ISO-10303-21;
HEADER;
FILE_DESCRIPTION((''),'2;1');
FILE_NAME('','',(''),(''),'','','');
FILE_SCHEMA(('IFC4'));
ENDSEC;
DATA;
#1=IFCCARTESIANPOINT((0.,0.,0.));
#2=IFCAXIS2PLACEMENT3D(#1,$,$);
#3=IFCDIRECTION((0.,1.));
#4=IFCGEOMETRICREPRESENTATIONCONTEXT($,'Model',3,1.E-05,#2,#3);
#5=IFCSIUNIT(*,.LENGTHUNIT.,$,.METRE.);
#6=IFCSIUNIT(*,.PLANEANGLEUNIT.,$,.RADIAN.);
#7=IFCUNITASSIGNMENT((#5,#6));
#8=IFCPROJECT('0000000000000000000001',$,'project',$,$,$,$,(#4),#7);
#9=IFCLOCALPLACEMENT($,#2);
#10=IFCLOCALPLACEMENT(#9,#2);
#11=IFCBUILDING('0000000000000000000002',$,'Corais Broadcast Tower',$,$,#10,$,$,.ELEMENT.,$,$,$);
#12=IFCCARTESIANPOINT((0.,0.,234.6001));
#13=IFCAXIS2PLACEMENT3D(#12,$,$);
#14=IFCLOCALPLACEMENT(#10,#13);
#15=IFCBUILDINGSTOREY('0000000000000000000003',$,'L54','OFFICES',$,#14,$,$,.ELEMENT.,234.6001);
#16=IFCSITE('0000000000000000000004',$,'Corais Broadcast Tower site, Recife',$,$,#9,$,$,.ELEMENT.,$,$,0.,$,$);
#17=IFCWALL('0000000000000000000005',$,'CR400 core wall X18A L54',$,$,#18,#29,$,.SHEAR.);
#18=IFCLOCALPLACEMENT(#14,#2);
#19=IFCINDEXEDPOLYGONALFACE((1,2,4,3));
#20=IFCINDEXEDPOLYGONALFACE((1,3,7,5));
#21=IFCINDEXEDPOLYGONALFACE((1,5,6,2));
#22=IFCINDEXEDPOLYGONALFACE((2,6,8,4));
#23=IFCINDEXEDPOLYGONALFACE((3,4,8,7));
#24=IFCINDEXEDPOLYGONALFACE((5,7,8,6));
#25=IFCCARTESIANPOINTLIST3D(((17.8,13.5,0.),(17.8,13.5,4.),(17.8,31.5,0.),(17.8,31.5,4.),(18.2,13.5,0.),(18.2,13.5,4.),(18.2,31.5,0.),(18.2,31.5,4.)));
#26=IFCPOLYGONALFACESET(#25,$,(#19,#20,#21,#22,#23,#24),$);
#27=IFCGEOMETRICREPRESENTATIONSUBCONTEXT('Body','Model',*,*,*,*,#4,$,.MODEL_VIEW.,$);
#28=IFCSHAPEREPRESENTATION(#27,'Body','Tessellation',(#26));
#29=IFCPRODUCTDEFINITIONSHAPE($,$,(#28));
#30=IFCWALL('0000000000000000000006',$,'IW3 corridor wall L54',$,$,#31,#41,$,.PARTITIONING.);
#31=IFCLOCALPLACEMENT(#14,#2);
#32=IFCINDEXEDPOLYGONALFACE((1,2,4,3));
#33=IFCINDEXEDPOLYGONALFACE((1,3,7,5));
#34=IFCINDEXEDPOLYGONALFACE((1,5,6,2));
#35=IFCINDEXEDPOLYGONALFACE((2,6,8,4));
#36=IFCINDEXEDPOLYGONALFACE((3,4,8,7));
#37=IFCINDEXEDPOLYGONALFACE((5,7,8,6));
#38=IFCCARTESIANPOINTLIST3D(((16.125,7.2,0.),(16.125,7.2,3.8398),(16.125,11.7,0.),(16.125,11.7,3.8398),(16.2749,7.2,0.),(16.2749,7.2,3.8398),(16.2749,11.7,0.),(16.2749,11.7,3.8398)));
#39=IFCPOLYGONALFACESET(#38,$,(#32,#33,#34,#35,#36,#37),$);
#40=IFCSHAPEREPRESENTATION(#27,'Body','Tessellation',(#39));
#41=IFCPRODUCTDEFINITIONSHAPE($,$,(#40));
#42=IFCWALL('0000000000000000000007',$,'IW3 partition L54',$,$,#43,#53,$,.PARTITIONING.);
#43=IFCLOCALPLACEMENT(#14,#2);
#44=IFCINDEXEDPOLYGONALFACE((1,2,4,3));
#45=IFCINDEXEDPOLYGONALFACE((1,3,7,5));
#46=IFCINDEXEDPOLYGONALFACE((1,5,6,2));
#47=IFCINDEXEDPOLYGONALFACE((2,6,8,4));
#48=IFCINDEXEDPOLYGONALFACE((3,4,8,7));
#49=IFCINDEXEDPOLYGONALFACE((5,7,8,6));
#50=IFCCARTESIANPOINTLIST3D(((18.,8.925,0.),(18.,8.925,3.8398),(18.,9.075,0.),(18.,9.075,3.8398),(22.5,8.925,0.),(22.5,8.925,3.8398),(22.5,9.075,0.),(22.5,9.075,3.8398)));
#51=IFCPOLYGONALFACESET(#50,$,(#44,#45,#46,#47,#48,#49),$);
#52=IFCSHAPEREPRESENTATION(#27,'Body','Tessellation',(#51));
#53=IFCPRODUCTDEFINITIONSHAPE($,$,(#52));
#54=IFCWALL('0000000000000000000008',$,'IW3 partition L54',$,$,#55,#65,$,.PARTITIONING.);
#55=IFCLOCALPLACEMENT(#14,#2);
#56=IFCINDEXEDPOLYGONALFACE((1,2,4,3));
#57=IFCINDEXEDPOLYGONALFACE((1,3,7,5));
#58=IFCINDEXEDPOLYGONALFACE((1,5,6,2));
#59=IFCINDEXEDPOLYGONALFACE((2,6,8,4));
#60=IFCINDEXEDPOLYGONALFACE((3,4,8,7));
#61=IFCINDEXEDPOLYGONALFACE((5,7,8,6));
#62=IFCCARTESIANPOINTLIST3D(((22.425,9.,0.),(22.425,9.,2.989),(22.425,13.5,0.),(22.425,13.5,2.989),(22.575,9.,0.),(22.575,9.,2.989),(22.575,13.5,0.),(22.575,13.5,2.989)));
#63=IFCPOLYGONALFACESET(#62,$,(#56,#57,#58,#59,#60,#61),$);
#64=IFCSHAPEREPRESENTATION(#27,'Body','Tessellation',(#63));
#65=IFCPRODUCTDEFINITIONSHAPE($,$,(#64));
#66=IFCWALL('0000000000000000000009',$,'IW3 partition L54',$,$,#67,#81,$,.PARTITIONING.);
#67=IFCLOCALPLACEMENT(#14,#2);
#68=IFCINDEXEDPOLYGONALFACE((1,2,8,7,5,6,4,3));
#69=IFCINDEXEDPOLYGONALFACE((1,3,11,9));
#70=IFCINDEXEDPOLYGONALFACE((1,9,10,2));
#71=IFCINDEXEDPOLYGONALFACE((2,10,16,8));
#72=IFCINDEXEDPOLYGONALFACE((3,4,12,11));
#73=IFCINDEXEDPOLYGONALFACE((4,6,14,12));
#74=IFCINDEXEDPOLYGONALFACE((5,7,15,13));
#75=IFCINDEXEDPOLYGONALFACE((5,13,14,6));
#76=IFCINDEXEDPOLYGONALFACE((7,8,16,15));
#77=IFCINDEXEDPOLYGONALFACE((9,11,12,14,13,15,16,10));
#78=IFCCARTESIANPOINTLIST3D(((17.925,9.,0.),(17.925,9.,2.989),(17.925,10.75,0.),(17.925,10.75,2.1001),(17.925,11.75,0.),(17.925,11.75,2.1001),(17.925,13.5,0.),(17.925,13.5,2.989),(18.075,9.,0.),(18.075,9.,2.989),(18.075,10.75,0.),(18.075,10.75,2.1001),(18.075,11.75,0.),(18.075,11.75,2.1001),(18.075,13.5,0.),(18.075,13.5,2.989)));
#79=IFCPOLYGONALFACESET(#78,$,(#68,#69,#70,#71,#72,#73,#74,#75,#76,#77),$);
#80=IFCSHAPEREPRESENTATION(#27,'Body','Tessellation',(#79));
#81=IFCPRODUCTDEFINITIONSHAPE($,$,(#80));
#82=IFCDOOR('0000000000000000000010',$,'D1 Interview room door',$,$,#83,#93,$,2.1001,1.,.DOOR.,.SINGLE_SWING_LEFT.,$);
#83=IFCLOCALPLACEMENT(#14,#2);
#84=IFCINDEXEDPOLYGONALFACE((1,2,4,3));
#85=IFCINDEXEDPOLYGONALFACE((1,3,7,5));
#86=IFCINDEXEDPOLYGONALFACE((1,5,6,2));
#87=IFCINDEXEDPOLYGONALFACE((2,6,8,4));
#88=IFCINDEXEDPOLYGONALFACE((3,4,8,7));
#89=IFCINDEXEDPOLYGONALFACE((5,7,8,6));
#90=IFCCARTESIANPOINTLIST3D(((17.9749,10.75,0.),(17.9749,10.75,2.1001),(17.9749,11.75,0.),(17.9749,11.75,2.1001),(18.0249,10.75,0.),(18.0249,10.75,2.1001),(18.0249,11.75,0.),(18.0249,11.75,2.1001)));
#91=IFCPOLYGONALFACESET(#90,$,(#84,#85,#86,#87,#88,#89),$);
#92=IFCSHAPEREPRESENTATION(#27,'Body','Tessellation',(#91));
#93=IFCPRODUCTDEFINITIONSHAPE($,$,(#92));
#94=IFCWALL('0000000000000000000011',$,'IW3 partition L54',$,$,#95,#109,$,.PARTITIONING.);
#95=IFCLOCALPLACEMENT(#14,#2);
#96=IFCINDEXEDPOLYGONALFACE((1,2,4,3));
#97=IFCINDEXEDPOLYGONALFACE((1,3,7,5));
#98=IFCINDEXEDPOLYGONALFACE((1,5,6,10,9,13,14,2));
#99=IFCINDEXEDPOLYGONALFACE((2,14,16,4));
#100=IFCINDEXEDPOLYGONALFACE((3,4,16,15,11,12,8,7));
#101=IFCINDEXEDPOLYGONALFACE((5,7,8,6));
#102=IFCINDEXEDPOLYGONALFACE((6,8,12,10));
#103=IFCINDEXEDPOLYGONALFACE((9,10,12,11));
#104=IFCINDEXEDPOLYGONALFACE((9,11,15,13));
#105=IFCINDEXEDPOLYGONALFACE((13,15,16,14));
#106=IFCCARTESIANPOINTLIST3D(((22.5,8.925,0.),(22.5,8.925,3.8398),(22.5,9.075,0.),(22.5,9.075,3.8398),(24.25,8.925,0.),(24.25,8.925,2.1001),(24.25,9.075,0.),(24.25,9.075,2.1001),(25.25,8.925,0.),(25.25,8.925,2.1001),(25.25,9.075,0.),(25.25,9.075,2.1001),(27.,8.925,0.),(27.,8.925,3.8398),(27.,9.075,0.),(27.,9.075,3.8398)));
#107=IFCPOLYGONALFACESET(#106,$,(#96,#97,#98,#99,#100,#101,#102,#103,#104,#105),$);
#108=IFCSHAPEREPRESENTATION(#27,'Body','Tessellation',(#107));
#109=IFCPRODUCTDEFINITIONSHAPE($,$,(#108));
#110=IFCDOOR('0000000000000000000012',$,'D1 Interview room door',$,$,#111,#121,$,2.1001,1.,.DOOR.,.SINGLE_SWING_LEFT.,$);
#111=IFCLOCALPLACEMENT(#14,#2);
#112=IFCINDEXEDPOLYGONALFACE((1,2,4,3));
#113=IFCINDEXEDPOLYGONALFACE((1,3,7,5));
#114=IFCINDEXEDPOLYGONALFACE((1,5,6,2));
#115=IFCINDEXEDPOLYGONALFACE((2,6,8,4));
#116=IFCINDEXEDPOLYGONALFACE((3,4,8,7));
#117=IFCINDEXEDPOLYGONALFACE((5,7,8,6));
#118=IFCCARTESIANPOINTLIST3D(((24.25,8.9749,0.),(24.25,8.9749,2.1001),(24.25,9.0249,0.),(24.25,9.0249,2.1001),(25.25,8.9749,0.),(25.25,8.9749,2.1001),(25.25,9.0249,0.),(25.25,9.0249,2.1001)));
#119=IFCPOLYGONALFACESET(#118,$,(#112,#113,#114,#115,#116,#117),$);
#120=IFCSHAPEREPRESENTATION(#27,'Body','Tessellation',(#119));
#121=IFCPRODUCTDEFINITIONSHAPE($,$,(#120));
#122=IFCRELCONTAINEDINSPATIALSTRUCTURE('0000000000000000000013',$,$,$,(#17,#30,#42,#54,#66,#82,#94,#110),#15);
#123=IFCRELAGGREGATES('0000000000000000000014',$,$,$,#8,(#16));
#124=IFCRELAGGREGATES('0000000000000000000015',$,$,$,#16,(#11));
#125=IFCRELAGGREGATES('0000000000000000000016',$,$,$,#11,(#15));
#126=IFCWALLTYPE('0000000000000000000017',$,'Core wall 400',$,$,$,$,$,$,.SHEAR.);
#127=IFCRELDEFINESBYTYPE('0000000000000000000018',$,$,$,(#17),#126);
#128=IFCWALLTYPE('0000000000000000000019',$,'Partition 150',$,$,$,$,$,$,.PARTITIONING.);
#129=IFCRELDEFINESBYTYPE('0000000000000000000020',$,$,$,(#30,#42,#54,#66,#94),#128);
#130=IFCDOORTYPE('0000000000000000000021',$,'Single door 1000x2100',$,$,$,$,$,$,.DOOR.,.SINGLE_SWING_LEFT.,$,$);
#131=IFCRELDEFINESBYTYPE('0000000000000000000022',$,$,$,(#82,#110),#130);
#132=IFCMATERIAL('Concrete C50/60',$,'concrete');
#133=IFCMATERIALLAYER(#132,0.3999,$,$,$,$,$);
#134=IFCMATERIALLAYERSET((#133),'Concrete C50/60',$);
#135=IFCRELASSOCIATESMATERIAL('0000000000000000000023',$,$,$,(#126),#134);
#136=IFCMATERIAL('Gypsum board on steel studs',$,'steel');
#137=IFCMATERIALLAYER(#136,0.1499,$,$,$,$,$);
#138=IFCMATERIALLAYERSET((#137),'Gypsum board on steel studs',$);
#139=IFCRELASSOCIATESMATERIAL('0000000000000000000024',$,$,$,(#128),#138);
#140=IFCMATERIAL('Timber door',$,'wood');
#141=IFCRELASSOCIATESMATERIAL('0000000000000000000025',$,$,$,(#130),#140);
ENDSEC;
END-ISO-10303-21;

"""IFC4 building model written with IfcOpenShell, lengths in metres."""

from ifc_helpers import new_model, si_unit, direction, frame, frame_2d, origin, place, context, subcontext, project, spatial, rectangle, extrude, material, layer, layer_set, type_object, element, fill, save


model = new_model("IFC4")

# Units and contexts
model_context = context("Model", 3, precision=1e-05, world=origin(), true_north=direction((0.0, 1.0)))
body_context = subcontext(model_context, "Body", "Model", "MODEL_VIEW")
ifc_project = project(units=[si_unit("LENGTHUNIT", "METRE"), si_unit("PLANEANGLEUNIT", "RADIAN")], contexts=[model_context])

# Site, building, storey
site_placement = place(None, origin())
site = spatial("IfcSite", under=ifc_project, at=site_placement, Name="Corais Broadcast Tower site, Recife", CompositionType="ELEMENT", RefElevation=0.0)
building_placement = place(site_placement, origin())
building = spatial("IfcBuilding", under=site, at=building_placement, Name="Corais Broadcast Tower", CompositionType="ELEMENT")
storey_placement = place(building_placement, frame((0.0, 0.0, 234.6001)))
storey = spatial("IfcBuildingStorey", under=building, at=storey_placement, Name="L54", Description="OFFICES", CompositionType="ELEMENT", Elevation=234.6001)

# Walls
ifc_material_1 = material(Name="Concrete C50/60", Category="concrete")
ifc_layer_1 = layer(ifc_material_1, 0.3999)
ifc_layer_set_1 = layer_set([ifc_layer_1], Name="Concrete C50/60")
wall_type_1 = type_object("IfcWallType", Name="Core wall 400", PredefinedType="SHEAR", material=ifc_layer_set_1)
wall_1_placement = place(storey_placement, frame((18.0, 13.5, 0.0), z_axis=(0.0, 0.0, 1.0), x_axis=(0.0, 1.0, 0.0)))
element("IfcWall", 1, at=wall_1_placement, inside=storey, type_object=wall_type_1, Name="CR400 core wall X18A L54", PredefinedType="SHEAR", context=body_context, shape_type="SweptSolid", body=[
    extrude(rectangle(XDim=18.0, YDim=0.3999, at=frame_2d((9.0, 0.0))), origin(), (0.0, 0.0, 1.0), 4.0),
])
ifc_material_2 = material(Name="Gypsum board on steel studs", Category="steel")
ifc_layer_2 = layer(ifc_material_2, 0.1499)
ifc_layer_set_2 = layer_set([ifc_layer_2], Name="Gypsum board on steel studs")
wall_type_2 = type_object("IfcWallType", Name="Partition 150", PredefinedType="PARTITIONING", material=ifc_layer_set_2)
for number, where, z_axis, x_axis, name in (
    (2, (16.2, 11.7, 0.0), (0.0, 0.0, 1.0), (0.0, -1.0, 0.0), "IW3 corridor wall L54"),
    (3, (18.0, 9.0, 0.0), (0.0, 0.0, 1.0), (1.0, 0.0, 0.0), "IW3 partition L54"),
):
    element("IfcWall", number, at=place(storey_placement, frame(where, z_axis=z_axis, x_axis=x_axis)), inside=storey, type_object=wall_type_2, Name=name, PredefinedType="PARTITIONING", context=body_context, shape_type="SweptSolid", body=[
        extrude(rectangle(XDim=4.5, YDim=0.1499, at=frame_2d((2.25, 0.0))), origin(), (0.0, 0.0, 1.0), 3.8398),
    ])
wall_2_placement = place(storey_placement, frame((22.5, 9.0, 0.0), z_axis=(0.0, 0.0, 1.0), x_axis=(0.0, 1.0, 0.0)))
element("IfcWall", 4, at=wall_2_placement, inside=storey, type_object=wall_type_2, Name="IW3 partition L54", PredefinedType="PARTITIONING", context=body_context, shape_type="SweptSolid", body=[
    extrude(rectangle(XDim=4.5, YDim=0.1499, at=frame_2d((2.25, 0.0))), origin(), (0.0, 0.0, 1.0), 2.989),
])

# Walls, openings, doors
wall_3_placement = place(storey_placement, frame((18.0, 13.5, 0.0), z_axis=(0.0, 0.0, 1.0), x_axis=(0.0, -1.0, 0.0)))
wall_3 = element("IfcWall", 5, at=wall_3_placement, inside=storey, type_object=wall_type_2, Name="IW3 partition L54", PredefinedType="PARTITIONING", context=body_context, shape_type="SweptSolid", body=[
    extrude(rectangle(XDim=4.5, YDim=0.1499, at=frame_2d((2.25, 0.0))), origin(), (0.0, 0.0, 1.0), 2.989),
])
opening_1_placement = place(wall_3_placement, frame((1.75, 0.0, 0.0)))
opening_1 = element("IfcOpeningElement", 6, at=opening_1_placement, cuts=wall_3, PredefinedType="OPENING", context=body_context, shape_type="SweptSolid", body=[
    extrude(rectangle(XDim=1.0, YDim=2.1001, at=frame_2d((0.5, 1.05))), frame((0.0, 0.085, 0.0), z_axis=(0.0, -1.0, 0.0), x_axis=(1.0, 0.0, 0.0)), (0.0, 0.0, 1.0), 0.1699),
])
ifc_material_3 = material(Name="Timber door", Category="wood")
door_type = type_object("IfcDoorType", Name="Single door 1000x2100", OperationType="SINGLE_SWING_LEFT", PredefinedType="DOOR", material=ifc_material_3)
door_1_placement = place(opening_1_placement, origin())
door_1 = element("IfcDoor", 7, at=door_1_placement, inside=storey, type_object=door_type, Name="D1 Interview room door", OperationType="SINGLE_SWING_LEFT", OverallHeight=2.1001, OverallWidth=1.0, PredefinedType="DOOR", context=body_context, shape_type="SweptSolid", body=[
    extrude(rectangle(XDim=1.0, YDim=2.1001, at=frame_2d((0.5, 1.05))), frame((0.0, 0.0249, 0.0), z_axis=(0.0, -1.0, 0.0), x_axis=(1.0, 0.0, 0.0)), (0.0, 0.0, 1.0), 0.05),
])
fill(opening_1, door_1)
wall_4_placement = place(storey_placement, frame((22.5, 9.0, 0.0), z_axis=(0.0, 0.0, 1.0), x_axis=(1.0, 0.0, 0.0)))
wall_4 = element("IfcWall", 8, at=wall_4_placement, inside=storey, type_object=wall_type_2, Name="IW3 partition L54", PredefinedType="PARTITIONING", context=body_context, shape_type="SweptSolid", body=[
    extrude(rectangle(XDim=4.5, YDim=0.1499, at=frame_2d((2.25, 0.0))), origin(), (0.0, 0.0, 1.0), 3.8398),
])
opening_2_placement = place(wall_4_placement, frame((1.75, 0.0, 0.0)))
opening_2 = element("IfcOpeningElement", 9, at=opening_2_placement, cuts=wall_4, PredefinedType="OPENING", context=body_context, shape_type="SweptSolid", body=[
    extrude(rectangle(XDim=1.0, YDim=2.1001, at=frame_2d((0.5, 1.05))), frame((0.0, 0.085, 0.0), z_axis=(0.0, -1.0, 0.0), x_axis=(1.0, 0.0, 0.0)), (0.0, 0.0, 1.0), 0.1699),
])
door_2_placement = place(opening_2_placement, origin())
door_2 = element("IfcDoor", 10, at=door_2_placement, inside=storey, type_object=door_type, Name="D1 Interview room door", OperationType="SINGLE_SWING_LEFT", OverallHeight=2.1001, OverallWidth=1.0, PredefinedType="DOOR", context=body_context, shape_type="SweptSolid", body=[
    extrude(rectangle(XDim=1.0, YDim=2.1001, at=frame_2d((0.5, 1.05))), frame((0.0, 0.0249, 0.0), z_axis=(0.0, -1.0, 0.0), x_axis=(1.0, 0.0, 0.0)), (0.0, 0.0, 1.0), 0.05),
])
fill(opening_2, door_2)

save(model, "model.ifc")
